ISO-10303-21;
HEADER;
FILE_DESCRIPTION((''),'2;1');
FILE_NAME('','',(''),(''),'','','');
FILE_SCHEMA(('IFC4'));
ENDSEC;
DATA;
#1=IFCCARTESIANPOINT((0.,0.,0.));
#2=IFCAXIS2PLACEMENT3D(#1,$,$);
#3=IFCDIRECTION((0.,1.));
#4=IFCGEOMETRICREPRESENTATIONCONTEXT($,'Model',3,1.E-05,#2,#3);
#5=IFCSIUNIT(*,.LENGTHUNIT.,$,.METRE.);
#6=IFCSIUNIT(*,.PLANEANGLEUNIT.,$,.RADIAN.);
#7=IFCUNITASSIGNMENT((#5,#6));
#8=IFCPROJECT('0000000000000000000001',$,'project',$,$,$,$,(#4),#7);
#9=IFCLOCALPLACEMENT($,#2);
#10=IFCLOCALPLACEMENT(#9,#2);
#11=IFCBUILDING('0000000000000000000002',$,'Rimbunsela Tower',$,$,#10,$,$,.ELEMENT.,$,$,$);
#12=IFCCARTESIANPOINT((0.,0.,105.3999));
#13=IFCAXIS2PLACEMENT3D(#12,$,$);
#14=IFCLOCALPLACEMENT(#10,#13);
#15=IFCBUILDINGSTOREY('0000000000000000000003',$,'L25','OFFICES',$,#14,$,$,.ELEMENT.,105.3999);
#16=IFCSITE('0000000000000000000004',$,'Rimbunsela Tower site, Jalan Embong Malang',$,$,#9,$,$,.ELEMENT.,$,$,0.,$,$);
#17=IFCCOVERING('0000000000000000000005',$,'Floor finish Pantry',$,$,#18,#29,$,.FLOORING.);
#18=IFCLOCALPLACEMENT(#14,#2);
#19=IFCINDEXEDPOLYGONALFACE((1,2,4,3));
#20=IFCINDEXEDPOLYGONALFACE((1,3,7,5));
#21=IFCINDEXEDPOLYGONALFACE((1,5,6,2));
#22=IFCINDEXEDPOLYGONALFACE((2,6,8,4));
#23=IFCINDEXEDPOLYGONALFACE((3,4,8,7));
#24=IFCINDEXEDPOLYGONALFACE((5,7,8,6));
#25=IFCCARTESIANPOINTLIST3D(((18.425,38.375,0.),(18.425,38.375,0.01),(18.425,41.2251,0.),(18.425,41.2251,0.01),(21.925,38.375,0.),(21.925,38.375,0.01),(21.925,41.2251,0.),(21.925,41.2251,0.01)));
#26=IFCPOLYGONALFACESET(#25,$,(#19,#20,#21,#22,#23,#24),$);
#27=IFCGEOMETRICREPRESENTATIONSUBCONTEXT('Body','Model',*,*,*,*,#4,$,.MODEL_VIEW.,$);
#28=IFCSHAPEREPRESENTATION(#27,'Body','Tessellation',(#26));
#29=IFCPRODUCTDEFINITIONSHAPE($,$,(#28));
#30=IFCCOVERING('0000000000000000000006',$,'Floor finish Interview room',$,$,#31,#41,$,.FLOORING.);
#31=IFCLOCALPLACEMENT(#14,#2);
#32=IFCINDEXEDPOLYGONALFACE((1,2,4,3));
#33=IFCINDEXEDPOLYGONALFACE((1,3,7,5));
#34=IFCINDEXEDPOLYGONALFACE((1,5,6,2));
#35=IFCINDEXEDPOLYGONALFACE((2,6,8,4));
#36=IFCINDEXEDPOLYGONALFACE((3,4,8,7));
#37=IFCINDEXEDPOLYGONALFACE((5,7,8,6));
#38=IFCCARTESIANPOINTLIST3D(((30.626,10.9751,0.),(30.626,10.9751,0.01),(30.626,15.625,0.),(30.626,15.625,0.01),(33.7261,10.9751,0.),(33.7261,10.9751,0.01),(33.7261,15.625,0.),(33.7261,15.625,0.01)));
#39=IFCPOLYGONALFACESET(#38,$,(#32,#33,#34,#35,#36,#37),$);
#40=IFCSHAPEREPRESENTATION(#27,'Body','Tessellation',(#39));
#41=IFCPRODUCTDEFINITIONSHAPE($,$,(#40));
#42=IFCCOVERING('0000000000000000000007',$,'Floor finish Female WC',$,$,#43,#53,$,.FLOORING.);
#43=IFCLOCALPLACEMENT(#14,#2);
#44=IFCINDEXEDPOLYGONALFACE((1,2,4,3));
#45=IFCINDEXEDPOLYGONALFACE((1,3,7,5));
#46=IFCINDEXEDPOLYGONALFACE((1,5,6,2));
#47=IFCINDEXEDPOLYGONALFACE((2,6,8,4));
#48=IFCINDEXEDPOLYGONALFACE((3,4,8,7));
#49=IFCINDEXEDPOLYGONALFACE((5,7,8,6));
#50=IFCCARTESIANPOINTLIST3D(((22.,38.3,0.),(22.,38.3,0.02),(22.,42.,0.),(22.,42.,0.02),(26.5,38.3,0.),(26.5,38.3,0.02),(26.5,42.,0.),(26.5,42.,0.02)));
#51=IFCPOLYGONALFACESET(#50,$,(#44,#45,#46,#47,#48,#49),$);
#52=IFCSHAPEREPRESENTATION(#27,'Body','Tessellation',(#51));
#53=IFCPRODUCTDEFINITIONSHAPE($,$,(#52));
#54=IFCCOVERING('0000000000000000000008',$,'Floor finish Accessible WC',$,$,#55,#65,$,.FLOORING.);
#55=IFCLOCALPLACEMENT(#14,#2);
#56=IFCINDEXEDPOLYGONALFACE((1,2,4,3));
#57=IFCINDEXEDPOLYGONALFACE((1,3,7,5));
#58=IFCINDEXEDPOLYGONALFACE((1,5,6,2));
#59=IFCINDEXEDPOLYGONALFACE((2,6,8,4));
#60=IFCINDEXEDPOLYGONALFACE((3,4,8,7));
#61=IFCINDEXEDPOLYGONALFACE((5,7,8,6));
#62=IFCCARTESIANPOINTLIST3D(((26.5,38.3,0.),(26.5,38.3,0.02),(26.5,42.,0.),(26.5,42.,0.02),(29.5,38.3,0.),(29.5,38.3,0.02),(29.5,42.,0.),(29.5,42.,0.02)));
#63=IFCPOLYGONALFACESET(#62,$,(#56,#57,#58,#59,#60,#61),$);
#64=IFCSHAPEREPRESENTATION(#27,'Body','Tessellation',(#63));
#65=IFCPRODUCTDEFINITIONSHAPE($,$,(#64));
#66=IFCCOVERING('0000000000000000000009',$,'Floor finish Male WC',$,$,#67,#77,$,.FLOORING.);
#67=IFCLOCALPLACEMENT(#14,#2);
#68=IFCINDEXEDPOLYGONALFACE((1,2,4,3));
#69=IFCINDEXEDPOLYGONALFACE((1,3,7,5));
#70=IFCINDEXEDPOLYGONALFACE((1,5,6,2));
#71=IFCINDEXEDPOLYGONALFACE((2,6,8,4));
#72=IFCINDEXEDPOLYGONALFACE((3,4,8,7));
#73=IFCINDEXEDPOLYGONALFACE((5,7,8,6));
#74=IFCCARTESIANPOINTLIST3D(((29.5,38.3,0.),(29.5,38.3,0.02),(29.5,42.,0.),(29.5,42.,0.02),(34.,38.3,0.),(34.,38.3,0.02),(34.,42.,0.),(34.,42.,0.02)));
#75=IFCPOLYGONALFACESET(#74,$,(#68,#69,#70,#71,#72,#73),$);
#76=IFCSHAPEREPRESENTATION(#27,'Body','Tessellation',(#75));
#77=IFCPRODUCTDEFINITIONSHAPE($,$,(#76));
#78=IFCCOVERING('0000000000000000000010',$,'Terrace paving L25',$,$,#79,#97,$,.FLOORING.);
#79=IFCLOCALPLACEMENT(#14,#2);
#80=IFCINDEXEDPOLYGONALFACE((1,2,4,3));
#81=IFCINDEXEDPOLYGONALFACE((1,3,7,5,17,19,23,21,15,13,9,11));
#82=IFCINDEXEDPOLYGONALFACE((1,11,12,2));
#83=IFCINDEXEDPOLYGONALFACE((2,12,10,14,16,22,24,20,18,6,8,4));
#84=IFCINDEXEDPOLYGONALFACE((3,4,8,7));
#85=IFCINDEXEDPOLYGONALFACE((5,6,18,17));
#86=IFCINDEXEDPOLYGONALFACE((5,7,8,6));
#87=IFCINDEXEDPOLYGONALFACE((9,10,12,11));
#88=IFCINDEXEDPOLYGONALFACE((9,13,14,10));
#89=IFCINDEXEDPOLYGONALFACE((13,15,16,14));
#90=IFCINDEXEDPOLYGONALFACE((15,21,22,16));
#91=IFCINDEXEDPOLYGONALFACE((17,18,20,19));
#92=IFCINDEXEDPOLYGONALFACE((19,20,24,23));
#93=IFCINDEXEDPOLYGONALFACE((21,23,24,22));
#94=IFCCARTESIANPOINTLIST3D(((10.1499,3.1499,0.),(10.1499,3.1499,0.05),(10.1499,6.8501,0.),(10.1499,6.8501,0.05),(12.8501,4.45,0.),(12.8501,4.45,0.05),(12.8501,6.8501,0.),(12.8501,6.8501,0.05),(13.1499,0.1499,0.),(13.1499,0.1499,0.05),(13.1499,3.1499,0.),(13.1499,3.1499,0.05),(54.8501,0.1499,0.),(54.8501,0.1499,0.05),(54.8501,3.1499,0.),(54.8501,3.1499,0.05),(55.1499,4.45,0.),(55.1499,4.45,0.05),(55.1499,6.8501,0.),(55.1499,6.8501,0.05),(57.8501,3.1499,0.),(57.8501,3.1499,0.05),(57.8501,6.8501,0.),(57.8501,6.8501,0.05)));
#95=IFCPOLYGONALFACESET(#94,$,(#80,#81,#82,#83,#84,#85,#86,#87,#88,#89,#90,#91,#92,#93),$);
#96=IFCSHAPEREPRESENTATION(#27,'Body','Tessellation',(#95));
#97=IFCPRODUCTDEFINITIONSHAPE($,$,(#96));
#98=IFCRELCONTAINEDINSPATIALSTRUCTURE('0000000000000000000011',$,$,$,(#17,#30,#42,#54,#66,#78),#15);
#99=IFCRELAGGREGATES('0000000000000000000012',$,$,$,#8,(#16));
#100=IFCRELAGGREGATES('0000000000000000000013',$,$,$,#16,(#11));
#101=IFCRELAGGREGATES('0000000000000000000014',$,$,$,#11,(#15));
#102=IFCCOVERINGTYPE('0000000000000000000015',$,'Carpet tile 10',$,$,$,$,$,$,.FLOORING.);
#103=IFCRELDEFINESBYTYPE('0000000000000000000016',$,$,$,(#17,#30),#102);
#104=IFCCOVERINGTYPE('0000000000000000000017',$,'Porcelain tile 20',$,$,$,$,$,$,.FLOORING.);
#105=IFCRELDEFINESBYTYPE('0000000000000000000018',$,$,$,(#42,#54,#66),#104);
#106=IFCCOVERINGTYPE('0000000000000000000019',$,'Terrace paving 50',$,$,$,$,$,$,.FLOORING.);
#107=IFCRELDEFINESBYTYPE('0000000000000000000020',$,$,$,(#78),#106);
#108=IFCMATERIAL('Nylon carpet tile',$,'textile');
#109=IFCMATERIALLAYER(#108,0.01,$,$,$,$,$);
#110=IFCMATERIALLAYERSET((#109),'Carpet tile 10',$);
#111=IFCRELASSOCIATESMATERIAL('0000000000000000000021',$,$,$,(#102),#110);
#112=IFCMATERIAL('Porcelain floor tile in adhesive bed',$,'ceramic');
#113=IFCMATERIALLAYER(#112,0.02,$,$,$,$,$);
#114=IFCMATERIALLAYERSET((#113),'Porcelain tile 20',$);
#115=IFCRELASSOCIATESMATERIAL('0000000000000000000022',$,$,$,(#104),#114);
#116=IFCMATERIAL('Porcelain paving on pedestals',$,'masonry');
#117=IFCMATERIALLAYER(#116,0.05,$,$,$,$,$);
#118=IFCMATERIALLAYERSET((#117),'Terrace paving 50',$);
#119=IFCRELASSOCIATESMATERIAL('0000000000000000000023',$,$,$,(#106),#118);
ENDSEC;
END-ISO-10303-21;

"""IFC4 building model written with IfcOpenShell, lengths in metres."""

from ifc_helpers import new_model, si_unit, direction, frame, origin, place, context, subcontext, project, spatial, polyline, outline, extrude, material, layer, layer_set, type_object, element, save


model = new_model("IFC4")

# Units and contexts
model_context = context("Model", 3, precision=1e-05, world=origin(), true_north=direction((0.0, 1.0)))
body_context = subcontext(model_context, "Body", "Model", "MODEL_VIEW")
ifc_project = project(units=[si_unit("LENGTHUNIT", "METRE"), si_unit("PLANEANGLEUNIT", "RADIAN")], contexts=[model_context])

# Site, building, storey
site_placement = place(None, origin())
site = spatial("IfcSite", under=ifc_project, at=site_placement, Name="Rimbunsela Tower site, Jalan Embong Malang", CompositionType="ELEMENT", RefElevation=0.0)
building_placement = place(site_placement, origin())
building = spatial("IfcBuilding", under=site, at=building_placement, Name="Rimbunsela Tower", CompositionType="ELEMENT")
storey_placement = place(building_placement, frame((0.0, 0.0, 105.3999)))
storey = spatial("IfcBuildingStorey", under=building, at=storey_placement, Name="L25", Description="OFFICES", CompositionType="ELEMENT", Elevation=105.3999)

# Coverings
ifc_material_1 = material(Name="Nylon carpet tile", Category="textile")
ifc_layer_1 = layer(ifc_material_1, 0.01)
ifc_layer_set_1 = layer_set([ifc_layer_1], Name="Carpet tile 10")
covering_type_1 = type_object("IfcCoveringType", Name="Carpet tile 10", PredefinedType="FLOORING", material=ifc_layer_set_1)
covering_1_placement = place(storey_placement, origin())
element("IfcCovering", 1, at=covering_1_placement, inside=storey, type_object=covering_type_1, Name="Floor finish Pantry", PredefinedType="FLOORING", context=body_context, shape_type="SweptSolid", body=[
    extrude(outline(polyline([(21.925, 38.375), (21.925, 41.2251), (18.425, 41.2251), (18.425, 38.375), (21.925, 38.375)])), origin(), (0.0, 0.0, 1.0), 0.01),
])
covering_2_placement = place(storey_placement, origin())
element("IfcCovering", 2, at=covering_2_placement, inside=storey, type_object=covering_type_1, Name="Floor finish Interview room", PredefinedType="FLOORING", context=body_context, shape_type="SweptSolid", body=[
    extrude(outline(polyline([(33.7261, 10.9751), (33.7261, 15.625), (30.626, 15.625), (30.626, 10.9751), (33.7261, 10.9751)])), origin(), (0.0, 0.0, 1.0), 0.01),
])
ifc_material_2 = material(Name="Porcelain floor tile in adhesive bed", Category="ceramic")
ifc_layer_2 = layer(ifc_material_2, 0.02)
ifc_layer_set_2 = layer_set([ifc_layer_2], Name="Porcelain tile 20")
covering_type_2 = type_object("IfcCoveringType", Name="Porcelain tile 20", PredefinedType="FLOORING", material=ifc_layer_set_2)
covering_3_placement = place(storey_placement, origin())
element("IfcCovering", 3, at=covering_3_placement, inside=storey, type_object=covering_type_2, Name="Floor finish Female WC", PredefinedType="FLOORING", context=body_context, shape_type="SweptSolid", body=[
    extrude(outline(polyline([(26.5, 38.3), (26.5, 42.0), (22.0, 42.0), (22.0, 38.3), (26.5, 38.3)])), origin(), (0.0, 0.0, 1.0), 0.02),
])
covering_4_placement = place(storey_placement, origin())
element("IfcCovering", 4, at=covering_4_placement, inside=storey, type_object=covering_type_2, Name="Floor finish Accessible WC", PredefinedType="FLOORING", context=body_context, shape_type="SweptSolid", body=[
    extrude(outline(polyline([(29.5, 38.3), (29.5, 42.0), (26.5, 42.0), (26.5, 38.3), (29.5, 38.3)])), origin(), (0.0, 0.0, 1.0), 0.02),
])
covering_5_placement = place(storey_placement, origin())
element("IfcCovering", 5, at=covering_5_placement, inside=storey, type_object=covering_type_2, Name="Floor finish Male WC", PredefinedType="FLOORING", context=body_context, shape_type="SweptSolid", body=[
    extrude(outline(polyline([(34.0, 38.3), (34.0, 42.0), (29.5, 42.0), (29.5, 38.3), (34.0, 38.3)])), origin(), (0.0, 0.0, 1.0), 0.02),
])
ifc_material_3 = material(Name="Porcelain paving on pedestals", Category="masonry")
ifc_layer_3 = layer(ifc_material_3, 0.05)
ifc_layer_set_3 = layer_set([ifc_layer_3], Name="Terrace paving 50")
covering_type_3 = type_object("IfcCoveringType", Name="Terrace paving 50", PredefinedType="FLOORING", material=ifc_layer_set_3)
covering_6_placement = place(storey_placement, origin())
element("IfcCovering", 6, at=covering_6_placement, inside=storey, type_object=covering_type_3, Name="Terrace paving L25", PredefinedType="FLOORING", context=body_context, shape_type="SweptSolid", body=[
    extrude(outline(polyline([(57.8501, 3.1499), (54.8501, 3.1499), (54.8501, 0.1499), (13.1499, 0.1499), (13.1499, 3.1499), (10.1499, 3.1499), (10.1499, 6.8501), (12.8501, 6.8501), (12.8501, 4.45), (55.1499, 4.45), (55.1499, 6.8501), (57.8501, 6.8501), (57.8501, 3.1499)])), origin(), (0.0, 0.0, 1.0), 0.05),
])

save(model, "model.ifc")
